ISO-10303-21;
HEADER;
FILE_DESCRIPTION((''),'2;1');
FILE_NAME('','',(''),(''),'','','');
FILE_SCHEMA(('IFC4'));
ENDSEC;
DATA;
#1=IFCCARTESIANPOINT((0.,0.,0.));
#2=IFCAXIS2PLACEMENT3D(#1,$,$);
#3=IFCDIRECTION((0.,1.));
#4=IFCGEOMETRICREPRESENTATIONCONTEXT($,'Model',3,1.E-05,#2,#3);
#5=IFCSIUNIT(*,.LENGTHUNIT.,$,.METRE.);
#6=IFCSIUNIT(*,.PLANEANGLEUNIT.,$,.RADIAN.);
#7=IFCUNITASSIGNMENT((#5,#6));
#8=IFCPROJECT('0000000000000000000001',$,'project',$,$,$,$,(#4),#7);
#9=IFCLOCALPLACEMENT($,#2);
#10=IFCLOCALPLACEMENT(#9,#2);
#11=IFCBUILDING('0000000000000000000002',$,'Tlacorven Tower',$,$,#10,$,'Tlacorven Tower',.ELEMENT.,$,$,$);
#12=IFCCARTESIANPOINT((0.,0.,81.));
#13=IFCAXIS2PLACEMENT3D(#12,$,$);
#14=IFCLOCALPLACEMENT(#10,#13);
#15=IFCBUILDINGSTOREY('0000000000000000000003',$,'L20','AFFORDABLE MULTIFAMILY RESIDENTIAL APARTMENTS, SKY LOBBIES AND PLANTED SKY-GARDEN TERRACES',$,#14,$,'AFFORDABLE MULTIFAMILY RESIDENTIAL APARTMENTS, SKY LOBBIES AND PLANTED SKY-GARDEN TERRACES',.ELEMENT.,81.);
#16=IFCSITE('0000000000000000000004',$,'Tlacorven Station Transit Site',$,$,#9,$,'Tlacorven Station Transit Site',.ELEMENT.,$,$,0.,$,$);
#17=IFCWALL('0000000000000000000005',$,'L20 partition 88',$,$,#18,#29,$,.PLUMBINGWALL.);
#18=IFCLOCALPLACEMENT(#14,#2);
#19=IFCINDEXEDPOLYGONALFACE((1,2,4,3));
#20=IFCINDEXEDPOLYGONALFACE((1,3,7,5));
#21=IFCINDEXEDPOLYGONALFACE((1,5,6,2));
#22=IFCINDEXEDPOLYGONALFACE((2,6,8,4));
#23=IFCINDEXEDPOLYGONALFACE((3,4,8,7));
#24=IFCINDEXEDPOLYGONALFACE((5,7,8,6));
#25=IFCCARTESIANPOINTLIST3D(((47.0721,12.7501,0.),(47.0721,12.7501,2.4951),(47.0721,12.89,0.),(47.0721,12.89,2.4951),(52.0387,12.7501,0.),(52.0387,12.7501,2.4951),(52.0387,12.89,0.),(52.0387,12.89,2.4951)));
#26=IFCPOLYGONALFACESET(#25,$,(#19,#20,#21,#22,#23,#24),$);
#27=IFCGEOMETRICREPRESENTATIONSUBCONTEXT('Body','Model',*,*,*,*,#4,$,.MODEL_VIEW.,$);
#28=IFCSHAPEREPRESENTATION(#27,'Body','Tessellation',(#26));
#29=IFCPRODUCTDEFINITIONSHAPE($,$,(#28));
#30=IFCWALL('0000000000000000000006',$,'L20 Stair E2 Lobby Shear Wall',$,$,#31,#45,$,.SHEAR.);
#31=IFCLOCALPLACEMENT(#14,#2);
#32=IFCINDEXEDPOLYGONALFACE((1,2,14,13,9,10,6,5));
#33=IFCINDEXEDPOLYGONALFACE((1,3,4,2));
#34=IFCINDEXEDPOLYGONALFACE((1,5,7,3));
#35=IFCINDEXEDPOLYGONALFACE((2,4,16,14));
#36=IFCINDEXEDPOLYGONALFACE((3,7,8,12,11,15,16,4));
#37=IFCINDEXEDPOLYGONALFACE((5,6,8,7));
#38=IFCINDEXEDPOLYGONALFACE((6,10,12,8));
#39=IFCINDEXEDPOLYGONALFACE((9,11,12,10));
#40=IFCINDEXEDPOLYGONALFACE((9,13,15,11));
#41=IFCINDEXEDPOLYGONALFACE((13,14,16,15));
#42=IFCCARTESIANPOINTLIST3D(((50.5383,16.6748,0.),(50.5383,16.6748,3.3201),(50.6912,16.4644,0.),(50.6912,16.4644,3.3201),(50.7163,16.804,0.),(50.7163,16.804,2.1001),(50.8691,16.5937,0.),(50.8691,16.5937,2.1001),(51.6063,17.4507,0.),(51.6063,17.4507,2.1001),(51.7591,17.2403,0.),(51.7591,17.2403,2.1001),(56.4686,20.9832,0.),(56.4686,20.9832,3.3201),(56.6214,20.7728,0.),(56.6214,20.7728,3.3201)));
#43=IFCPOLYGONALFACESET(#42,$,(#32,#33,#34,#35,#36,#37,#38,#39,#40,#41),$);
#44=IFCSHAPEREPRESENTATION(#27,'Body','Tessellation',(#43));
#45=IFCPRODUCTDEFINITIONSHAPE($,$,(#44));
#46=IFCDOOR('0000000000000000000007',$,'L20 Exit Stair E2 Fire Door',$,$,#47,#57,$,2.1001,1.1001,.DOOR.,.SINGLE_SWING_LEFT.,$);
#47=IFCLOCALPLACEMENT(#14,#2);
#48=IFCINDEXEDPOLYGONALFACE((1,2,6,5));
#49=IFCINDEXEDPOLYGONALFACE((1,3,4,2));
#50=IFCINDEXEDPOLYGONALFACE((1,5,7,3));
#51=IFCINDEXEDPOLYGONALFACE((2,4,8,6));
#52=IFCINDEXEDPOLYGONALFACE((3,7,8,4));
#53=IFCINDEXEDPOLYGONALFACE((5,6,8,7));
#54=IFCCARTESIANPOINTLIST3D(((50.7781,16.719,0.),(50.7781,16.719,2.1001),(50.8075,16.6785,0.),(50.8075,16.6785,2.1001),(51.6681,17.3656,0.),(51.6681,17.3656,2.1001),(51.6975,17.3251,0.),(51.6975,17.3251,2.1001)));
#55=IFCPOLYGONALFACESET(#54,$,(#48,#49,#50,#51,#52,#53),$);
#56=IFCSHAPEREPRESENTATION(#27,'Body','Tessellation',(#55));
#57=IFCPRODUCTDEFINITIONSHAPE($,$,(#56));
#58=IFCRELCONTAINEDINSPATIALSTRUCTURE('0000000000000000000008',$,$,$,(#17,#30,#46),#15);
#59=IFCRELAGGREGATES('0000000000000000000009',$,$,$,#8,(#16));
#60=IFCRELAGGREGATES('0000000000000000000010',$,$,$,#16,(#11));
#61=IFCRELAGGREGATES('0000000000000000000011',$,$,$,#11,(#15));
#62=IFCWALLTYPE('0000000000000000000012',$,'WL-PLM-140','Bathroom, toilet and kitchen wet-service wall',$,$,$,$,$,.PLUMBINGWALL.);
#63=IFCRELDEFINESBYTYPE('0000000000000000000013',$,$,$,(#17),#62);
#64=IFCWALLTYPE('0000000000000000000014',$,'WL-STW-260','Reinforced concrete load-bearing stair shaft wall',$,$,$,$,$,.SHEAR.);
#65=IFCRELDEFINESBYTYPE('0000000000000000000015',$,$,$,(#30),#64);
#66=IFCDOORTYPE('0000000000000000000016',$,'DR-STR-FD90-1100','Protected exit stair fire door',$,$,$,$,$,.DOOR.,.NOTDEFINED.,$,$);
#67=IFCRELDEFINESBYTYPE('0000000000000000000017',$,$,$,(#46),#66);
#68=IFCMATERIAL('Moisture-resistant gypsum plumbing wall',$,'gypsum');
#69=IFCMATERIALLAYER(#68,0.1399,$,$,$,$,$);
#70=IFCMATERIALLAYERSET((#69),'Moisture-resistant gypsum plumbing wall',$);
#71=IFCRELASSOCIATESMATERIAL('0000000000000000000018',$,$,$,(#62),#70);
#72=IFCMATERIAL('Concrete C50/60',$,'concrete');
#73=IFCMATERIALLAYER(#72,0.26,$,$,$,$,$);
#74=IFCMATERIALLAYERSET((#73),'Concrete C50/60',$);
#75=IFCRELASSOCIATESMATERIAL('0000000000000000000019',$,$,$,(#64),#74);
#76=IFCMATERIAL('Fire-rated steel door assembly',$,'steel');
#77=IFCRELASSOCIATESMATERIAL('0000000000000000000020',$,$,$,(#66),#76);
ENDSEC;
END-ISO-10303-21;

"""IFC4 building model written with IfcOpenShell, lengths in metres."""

from ifc_helpers import new_model, si_unit, direction, frame, frame_2d, origin, place, context, subcontext, project, spatial, rectangle, extrude, source, transform, mapped, material, layer, layer_set, type_object, element, fill, save


model = new_model("IFC4")

# Units and contexts
model_context = context("Model", 3, precision=1e-05, world=origin(), true_north=direction((0.0, 1.0)))
body_context = subcontext(model_context, "Body", "Model", "MODEL_VIEW")
ifc_project = project(units=[si_unit("LENGTHUNIT", "METRE"), si_unit("PLANEANGLEUNIT", "RADIAN")], contexts=[model_context])

# Site, building, storey
site_placement = place(None, origin())
site = spatial("IfcSite", under=ifc_project, at=site_placement, Name="Tlacorven Station Transit Site", LongName="Tlacorven Station Transit Site", CompositionType="ELEMENT", RefElevation=0.0)
building_placement = place(site_placement, origin())
building = spatial("IfcBuilding", under=site, at=building_placement, Name="Tlacorven Tower", LongName="Tlacorven Tower", CompositionType="ELEMENT")
storey_placement = place(building_placement, frame((0.0, 0.0, 81.0)))
storey = spatial("IfcBuildingStorey", under=building, at=storey_placement, Name="L20", Description="AFFORDABLE MULTIFAMILY RESIDENTIAL APARTMENTS, SKY LOBBIES AND PLANTED SKY-GARDEN TERRACES", LongName="AFFORDABLE MULTIFAMILY RESIDENTIAL APARTMENTS, SKY LOBBIES AND PLANTED SKY-GARDEN TERRACES", CompositionType="ELEMENT", Elevation=81.0)

# Shared definitions
ifc_material_1 = material(Name="Moisture-resistant gypsum plumbing wall", Category="gypsum")
ifc_layer_1 = layer(ifc_material_1, 0.1399)
ifc_layer_set_1 = layer_set([ifc_layer_1], Name="Moisture-resistant gypsum plumbing wall")
wall_type_1 = type_object("IfcWallType", Name="WL-PLM-140", Description="Bathroom, toilet and kitchen wet-service wall", PredefinedType="PLUMBINGWALL", material=ifc_layer_set_1)

# Wall
wall_1_placement = place(storey_placement, frame((47.072, 12.8201, 0.0), z_axis=(0.0, 0.0, 1.0), x_axis=(1.0, 0.0, 0.0)))
element("IfcWall", 1, at=wall_1_placement, inside=storey, type_object=wall_type_1, Name="L20 partition 88", PredefinedType="PLUMBINGWALL", context=body_context, shape_type="SweptSolid", body=[
    extrude(rectangle(XDim=4.9666, YDim=0.1399, at=frame_2d((2.4834, 0.0))), origin(), (0.0, 0.0, 1.0), 2.4951),
])

# Wall, opening, door
ifc_material_2 = material(Name="Fire-rated steel door assembly", Category="steel")
ifc_material_3 = material(Name="Concrete C50/60", Category="concrete")
ifc_layer_2 = layer(ifc_material_3, 0.26)
ifc_layer_set_2 = layer_set([ifc_layer_2], Name="Concrete C50/60")
wall_type_2 = type_object("IfcWallType", Name="WL-STW-260", Description="Reinforced concrete load-bearing stair shaft wall", PredefinedType="SHEAR", material=ifc_layer_set_2)
wall_2_placement = place(storey_placement, frame((50.6147, 16.5696, 0.0), z_axis=(0.0, 0.0, 1.0), x_axis=(0.809028, 0.58777, 0.0)))
wall_2 = element("IfcWall", 2, at=wall_2_placement, inside=storey, type_object=wall_type_2, Name="L20 Stair E2 Lobby Shear Wall", PredefinedType="SHEAR", context=body_context, shape_type="SweptSolid", body=[
    extrude(rectangle(XDim=7.3301, YDim=0.26, at=frame_2d((3.665, 0.0))), origin(), (0.0, 0.0, 1.0), 3.3201),
])
opening_1_placement = place(wall_2_placement, frame((0.22, 0.0, 0.0)))
opening_1 = element("IfcOpeningElement", 3, at=opening_1_placement, cuts=wall_2, PredefinedType="OPENING", context=body_context, shape_type="SweptSolid", body=[
    extrude(rectangle(XDim=1.1001, YDim=2.1001, at=frame_2d((0.55, 1.05))), frame((0.0, 0.1401, 0.0), z_axis=(0.0, -1.0, 0.0), x_axis=(1.0, 0.0, 0.0)), (0.0, 0.0, 1.0), 0.28),
])
door_type_1 = type_object("IfcDoorType", Name="DR-STR-FD90-1100", Description="Protected exit stair fire door", OperationType="NOTDEFINED", PredefinedType="DOOR", material=ifc_material_2)
shared_shape_1 = source(origin(), body_context, "Body", "SweptSolid", [
    extrude(rectangle(XDim=1.1001, YDim=2.1001, at=frame_2d((0.55, 1.05))), frame((0.0, 0.0249, 0.0), z_axis=(0.0, -1.0, 0.0), x_axis=(1.0, 0.0, 0.0)), (0.0, 0.0, 1.0), 0.05),
])
door_1_placement = place(opening_1_placement, origin())
door_1 = element("IfcDoor", 4, at=door_1_placement, inside=storey, type_object=door_type_1, Name="L20 Exit Stair E2 Fire Door", OperationType="SINGLE_SWING_LEFT", OverallHeight=2.1001, OverallWidth=1.1001, PredefinedType="DOOR", context=body_context, shape_type="MappedRepresentation", body=[
    mapped(shared_shape_1, transform((0.0, 0.0, 0.0), scale=1.0)),
])
fill(opening_1, door_1)

save(model, "model.ifc")
